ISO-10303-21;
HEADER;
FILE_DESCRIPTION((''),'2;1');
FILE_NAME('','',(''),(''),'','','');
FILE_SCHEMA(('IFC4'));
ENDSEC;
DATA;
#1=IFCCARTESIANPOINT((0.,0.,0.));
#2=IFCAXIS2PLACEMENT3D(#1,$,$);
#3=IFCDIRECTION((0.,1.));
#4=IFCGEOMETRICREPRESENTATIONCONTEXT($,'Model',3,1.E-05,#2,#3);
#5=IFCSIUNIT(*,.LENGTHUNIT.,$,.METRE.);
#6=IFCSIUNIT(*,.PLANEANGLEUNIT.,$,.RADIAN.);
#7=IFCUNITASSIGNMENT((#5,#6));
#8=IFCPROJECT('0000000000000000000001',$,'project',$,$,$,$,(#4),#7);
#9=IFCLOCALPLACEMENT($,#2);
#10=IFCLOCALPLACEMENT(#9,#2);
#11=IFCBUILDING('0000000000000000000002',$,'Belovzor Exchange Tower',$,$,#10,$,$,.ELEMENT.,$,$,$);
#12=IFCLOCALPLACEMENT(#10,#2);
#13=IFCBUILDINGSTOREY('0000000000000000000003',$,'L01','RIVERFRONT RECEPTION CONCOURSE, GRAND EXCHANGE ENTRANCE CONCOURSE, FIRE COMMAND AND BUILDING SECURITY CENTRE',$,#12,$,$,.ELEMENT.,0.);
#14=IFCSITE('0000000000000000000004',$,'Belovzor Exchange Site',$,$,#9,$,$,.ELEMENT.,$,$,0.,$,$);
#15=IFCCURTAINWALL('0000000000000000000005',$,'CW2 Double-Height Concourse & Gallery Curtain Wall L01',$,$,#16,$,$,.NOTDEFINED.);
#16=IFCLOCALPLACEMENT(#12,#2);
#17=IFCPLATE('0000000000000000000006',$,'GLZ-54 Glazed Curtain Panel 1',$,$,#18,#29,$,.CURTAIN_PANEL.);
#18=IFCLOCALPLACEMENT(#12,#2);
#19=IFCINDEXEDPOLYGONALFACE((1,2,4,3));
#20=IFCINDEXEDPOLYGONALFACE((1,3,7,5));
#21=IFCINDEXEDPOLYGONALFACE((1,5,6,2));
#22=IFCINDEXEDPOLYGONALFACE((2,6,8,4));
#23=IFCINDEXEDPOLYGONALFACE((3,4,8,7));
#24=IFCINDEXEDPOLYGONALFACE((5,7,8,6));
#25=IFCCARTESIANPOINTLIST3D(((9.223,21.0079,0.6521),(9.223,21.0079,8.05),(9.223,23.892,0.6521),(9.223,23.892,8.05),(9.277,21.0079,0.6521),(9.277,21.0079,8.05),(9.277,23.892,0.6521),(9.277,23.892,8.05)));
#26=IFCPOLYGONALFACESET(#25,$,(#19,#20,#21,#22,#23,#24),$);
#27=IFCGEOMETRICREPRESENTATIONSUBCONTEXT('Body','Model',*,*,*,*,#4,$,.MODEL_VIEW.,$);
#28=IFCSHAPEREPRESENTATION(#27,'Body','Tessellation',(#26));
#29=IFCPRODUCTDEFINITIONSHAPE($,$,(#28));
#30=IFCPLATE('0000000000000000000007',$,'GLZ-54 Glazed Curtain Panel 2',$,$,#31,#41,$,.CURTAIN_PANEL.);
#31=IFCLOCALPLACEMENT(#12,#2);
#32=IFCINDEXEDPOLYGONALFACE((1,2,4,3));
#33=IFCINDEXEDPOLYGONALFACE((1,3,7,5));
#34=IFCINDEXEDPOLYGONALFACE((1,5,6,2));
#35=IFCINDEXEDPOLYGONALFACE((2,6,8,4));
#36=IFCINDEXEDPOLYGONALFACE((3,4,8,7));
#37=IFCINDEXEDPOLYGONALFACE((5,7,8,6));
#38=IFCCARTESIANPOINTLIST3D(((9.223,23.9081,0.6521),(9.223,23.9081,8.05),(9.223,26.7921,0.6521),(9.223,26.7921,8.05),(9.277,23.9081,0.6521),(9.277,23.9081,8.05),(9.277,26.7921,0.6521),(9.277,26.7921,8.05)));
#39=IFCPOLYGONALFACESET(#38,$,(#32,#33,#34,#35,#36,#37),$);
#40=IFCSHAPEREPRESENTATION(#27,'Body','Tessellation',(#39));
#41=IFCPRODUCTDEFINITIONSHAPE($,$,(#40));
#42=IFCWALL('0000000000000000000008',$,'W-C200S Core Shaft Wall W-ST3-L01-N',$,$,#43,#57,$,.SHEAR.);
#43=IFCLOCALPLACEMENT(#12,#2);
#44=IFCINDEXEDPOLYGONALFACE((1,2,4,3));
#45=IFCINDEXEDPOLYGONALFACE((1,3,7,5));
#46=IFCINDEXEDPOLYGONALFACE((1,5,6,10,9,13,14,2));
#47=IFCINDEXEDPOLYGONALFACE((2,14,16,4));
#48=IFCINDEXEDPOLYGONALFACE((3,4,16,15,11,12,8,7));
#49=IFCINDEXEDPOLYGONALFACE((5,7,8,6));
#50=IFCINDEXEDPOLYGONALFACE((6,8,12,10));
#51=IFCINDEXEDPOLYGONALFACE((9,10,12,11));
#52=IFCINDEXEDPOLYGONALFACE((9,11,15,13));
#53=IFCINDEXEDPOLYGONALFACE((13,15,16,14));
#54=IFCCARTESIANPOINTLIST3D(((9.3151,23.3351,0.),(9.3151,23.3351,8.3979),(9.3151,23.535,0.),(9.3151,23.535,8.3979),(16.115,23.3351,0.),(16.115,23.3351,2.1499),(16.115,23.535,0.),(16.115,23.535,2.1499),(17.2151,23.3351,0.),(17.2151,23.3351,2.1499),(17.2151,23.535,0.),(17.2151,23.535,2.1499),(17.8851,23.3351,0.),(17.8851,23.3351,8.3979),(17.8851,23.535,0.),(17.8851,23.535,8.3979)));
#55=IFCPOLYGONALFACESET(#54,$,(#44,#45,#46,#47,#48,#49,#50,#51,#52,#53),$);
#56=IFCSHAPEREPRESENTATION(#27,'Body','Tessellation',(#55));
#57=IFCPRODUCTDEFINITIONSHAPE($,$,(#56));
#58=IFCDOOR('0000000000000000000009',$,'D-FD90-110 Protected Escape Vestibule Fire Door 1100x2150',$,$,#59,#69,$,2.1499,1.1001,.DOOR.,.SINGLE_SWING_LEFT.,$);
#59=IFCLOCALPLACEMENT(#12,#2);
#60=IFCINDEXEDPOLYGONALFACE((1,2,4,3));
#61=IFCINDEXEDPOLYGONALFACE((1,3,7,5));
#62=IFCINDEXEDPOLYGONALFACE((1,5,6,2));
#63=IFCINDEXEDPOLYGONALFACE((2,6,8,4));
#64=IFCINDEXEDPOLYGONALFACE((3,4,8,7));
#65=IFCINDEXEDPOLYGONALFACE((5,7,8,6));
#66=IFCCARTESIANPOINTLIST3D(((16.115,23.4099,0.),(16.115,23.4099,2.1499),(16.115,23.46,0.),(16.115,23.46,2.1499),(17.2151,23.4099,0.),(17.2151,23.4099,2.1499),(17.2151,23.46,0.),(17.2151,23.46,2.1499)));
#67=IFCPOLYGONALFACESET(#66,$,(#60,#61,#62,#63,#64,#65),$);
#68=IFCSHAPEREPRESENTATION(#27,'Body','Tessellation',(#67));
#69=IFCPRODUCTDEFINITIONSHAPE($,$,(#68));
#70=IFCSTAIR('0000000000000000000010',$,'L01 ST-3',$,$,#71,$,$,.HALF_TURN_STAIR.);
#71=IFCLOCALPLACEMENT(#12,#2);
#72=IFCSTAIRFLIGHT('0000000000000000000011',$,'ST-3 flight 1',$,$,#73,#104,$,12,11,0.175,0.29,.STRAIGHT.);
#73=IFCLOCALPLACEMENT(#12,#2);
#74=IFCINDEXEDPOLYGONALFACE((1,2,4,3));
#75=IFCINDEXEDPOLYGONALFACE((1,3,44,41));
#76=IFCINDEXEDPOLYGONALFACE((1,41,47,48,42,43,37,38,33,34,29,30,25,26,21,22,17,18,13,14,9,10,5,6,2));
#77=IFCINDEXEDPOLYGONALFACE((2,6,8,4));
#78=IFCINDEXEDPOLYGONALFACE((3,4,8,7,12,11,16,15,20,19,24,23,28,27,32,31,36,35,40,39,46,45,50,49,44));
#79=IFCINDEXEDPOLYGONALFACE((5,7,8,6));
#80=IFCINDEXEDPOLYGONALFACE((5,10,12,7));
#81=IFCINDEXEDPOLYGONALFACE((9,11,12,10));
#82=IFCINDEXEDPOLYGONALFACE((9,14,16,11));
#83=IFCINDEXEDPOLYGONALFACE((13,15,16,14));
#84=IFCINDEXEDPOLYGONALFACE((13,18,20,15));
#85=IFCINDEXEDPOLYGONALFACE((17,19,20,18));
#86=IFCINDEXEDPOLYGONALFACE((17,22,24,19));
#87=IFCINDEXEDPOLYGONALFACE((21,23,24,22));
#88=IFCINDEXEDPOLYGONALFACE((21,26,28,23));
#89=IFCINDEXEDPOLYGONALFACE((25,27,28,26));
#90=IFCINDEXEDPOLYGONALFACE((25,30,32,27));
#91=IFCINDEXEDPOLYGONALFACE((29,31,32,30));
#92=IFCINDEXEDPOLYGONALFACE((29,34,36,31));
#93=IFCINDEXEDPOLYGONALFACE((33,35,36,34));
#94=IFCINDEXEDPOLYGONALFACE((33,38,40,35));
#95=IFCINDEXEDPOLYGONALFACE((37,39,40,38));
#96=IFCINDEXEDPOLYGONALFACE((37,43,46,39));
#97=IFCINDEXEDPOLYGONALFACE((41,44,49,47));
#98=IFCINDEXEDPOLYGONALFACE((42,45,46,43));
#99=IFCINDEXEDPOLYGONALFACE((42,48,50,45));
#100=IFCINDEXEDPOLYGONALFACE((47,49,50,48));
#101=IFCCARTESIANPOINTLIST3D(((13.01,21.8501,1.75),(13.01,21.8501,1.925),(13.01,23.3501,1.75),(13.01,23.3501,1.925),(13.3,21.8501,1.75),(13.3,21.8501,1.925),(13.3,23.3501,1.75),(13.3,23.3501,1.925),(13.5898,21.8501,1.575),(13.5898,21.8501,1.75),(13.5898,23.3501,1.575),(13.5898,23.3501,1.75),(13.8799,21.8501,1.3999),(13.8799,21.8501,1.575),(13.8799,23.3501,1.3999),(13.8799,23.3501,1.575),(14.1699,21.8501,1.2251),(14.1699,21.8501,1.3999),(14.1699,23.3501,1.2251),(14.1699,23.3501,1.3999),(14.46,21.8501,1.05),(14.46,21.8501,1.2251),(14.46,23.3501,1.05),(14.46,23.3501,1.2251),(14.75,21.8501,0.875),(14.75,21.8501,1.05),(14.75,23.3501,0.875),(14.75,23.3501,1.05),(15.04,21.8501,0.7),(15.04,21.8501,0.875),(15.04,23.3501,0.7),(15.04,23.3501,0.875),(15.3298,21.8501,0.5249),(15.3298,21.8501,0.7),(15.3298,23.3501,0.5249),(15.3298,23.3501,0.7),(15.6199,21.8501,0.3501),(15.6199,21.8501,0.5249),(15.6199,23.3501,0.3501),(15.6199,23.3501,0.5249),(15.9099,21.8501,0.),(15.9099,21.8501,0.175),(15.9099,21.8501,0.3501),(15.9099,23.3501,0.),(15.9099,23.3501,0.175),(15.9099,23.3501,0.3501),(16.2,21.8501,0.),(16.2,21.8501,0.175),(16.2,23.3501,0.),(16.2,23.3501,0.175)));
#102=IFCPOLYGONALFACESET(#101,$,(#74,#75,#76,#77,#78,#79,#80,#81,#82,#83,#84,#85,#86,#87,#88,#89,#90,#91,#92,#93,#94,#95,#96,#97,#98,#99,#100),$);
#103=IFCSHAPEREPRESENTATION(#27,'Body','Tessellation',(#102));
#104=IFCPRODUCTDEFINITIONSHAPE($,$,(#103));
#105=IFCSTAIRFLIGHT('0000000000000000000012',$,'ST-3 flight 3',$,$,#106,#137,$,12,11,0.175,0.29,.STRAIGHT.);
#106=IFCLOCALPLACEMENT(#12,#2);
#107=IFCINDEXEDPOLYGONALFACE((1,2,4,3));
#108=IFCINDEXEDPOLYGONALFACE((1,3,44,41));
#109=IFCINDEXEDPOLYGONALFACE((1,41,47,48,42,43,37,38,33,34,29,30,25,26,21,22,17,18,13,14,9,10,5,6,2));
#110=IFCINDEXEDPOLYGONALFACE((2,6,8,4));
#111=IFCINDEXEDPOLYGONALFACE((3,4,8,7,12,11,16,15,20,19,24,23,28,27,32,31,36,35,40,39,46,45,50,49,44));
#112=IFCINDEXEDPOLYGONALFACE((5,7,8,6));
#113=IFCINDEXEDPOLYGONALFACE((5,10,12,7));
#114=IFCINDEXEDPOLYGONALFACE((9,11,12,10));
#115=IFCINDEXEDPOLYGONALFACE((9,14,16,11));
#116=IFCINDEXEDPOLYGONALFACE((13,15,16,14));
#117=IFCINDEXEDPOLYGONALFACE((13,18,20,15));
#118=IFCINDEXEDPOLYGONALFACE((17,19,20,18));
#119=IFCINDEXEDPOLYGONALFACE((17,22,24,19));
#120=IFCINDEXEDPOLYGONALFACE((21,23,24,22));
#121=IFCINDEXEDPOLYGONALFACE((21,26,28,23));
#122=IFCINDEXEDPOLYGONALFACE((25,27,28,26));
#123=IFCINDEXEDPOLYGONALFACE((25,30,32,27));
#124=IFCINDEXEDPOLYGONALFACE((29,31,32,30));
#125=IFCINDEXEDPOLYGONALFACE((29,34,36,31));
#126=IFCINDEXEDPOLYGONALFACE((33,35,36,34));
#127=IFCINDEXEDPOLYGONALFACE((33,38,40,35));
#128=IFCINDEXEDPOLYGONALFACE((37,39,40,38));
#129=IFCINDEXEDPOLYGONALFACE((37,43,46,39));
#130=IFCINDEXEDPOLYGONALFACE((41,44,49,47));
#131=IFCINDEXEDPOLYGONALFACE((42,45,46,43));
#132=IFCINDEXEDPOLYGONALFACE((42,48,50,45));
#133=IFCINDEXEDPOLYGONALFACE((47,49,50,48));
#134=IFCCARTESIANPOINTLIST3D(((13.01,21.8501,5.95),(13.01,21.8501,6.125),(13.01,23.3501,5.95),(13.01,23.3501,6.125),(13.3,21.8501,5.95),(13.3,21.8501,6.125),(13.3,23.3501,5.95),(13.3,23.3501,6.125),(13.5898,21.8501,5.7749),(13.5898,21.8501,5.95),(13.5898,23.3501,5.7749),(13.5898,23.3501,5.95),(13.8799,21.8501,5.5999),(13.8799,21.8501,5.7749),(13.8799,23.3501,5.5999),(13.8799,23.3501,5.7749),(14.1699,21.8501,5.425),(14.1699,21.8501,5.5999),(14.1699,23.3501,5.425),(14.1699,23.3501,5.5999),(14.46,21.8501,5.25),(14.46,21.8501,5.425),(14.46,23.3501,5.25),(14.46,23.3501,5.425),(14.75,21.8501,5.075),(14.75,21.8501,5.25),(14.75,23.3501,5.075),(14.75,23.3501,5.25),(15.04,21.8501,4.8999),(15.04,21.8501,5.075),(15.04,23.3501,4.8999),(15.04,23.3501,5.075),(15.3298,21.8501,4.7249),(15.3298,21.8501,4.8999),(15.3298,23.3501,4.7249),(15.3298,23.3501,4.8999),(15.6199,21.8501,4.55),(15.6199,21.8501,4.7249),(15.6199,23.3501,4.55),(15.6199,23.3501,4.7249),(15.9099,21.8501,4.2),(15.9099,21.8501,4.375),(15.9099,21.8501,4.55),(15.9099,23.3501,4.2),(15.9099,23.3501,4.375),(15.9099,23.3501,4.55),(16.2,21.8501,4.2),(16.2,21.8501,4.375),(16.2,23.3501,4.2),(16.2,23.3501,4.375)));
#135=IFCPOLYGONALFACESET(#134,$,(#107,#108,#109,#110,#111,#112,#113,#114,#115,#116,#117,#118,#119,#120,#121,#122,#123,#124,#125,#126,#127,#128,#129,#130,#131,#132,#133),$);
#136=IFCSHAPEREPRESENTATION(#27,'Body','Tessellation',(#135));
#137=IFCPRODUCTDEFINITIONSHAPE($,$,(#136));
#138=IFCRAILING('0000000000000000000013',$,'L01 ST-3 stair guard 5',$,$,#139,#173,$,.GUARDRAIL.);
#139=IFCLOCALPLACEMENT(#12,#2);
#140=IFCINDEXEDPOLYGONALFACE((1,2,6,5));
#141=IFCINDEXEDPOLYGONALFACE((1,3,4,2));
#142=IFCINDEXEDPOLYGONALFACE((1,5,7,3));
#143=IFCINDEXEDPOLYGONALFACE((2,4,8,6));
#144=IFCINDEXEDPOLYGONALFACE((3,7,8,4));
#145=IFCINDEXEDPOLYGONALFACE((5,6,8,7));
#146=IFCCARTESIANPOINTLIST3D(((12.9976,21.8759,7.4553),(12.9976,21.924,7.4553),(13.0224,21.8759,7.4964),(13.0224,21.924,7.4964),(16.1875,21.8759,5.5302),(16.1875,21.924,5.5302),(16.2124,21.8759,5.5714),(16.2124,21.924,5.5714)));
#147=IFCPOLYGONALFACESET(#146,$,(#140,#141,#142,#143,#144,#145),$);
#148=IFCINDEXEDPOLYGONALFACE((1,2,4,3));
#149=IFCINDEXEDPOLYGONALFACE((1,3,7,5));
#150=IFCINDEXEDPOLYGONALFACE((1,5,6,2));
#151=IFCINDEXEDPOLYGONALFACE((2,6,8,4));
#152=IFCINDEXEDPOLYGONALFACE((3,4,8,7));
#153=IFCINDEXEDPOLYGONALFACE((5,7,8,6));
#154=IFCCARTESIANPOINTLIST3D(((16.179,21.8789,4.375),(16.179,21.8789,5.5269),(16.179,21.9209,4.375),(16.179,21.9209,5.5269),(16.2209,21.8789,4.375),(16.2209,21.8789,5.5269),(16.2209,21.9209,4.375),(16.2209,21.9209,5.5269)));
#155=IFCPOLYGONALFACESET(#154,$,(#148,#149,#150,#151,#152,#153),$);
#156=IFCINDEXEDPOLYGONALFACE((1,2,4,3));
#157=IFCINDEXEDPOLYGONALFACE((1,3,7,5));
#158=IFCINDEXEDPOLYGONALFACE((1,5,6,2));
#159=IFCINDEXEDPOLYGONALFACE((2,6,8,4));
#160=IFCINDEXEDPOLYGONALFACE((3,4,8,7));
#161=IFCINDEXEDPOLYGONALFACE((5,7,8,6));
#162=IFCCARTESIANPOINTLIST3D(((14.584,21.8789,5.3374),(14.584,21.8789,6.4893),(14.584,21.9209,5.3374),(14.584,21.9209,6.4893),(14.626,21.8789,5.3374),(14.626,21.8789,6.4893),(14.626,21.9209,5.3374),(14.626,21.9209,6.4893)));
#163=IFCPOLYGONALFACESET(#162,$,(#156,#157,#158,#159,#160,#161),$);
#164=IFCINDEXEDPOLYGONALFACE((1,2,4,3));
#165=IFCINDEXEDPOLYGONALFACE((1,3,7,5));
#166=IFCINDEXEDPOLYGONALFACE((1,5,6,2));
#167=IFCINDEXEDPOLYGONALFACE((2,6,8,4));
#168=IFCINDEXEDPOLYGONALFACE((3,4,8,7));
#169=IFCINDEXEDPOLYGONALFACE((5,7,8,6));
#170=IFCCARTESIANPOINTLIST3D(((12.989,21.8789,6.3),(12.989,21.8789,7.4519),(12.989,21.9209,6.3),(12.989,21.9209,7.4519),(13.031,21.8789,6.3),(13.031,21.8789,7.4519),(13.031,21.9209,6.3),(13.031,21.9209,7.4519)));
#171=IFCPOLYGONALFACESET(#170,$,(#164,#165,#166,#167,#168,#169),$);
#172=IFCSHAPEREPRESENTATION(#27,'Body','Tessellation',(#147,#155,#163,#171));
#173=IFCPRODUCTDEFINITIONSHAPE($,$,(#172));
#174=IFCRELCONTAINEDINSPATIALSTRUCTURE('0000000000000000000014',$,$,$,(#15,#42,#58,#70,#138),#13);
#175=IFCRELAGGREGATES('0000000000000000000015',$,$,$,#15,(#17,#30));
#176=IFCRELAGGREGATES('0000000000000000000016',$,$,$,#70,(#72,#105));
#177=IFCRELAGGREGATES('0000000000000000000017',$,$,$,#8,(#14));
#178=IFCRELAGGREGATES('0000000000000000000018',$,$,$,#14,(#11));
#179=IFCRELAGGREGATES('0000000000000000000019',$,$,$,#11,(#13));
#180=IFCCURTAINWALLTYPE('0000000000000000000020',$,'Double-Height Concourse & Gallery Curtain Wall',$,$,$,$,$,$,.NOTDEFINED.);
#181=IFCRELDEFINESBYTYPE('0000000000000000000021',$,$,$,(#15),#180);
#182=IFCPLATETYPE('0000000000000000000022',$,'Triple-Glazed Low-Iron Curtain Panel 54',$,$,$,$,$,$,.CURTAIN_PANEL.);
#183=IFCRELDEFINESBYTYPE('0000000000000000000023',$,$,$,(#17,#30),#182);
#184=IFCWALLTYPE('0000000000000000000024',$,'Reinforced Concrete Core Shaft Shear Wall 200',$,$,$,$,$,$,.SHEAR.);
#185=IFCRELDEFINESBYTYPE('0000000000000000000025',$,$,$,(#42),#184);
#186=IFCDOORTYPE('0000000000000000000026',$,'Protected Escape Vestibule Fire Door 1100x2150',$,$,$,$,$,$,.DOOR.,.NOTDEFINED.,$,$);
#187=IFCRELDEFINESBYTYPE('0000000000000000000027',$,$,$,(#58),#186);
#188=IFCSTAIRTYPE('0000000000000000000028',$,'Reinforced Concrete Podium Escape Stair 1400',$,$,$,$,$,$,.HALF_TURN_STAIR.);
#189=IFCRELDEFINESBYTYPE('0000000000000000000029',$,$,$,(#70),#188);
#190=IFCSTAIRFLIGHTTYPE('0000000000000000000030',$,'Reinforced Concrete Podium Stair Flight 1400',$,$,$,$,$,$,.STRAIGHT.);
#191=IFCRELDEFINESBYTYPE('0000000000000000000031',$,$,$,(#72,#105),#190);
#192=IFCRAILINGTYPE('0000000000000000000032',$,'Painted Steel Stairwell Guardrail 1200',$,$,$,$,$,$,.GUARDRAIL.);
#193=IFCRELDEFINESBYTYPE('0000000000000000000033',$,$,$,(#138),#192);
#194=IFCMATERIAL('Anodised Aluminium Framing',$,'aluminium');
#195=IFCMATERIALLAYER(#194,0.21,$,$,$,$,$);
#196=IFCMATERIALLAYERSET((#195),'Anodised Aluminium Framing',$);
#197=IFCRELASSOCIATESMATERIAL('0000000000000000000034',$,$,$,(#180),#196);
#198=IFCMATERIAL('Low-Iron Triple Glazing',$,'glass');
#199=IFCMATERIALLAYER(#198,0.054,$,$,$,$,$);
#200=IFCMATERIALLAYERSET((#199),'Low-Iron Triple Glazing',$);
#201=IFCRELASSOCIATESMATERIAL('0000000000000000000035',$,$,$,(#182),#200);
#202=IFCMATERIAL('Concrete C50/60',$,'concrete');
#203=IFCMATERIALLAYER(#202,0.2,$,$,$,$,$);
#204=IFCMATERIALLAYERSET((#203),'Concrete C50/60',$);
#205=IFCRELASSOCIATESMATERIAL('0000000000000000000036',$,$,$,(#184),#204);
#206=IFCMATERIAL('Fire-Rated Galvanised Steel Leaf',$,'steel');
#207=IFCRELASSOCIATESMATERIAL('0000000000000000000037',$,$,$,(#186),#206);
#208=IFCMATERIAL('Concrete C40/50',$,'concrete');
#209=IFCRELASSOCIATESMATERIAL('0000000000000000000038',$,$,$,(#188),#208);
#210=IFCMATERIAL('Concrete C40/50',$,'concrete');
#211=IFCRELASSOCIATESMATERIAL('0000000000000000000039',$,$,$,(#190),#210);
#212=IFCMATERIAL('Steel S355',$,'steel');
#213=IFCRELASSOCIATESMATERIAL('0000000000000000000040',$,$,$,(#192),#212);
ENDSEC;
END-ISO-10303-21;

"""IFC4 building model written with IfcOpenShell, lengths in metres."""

from ifc_helpers import new_model, si_unit, direction, frame, frame_2d, origin, origin_2d, place, context, subcontext, project, spatial, polyline, rectangle, outline, extrude, material, layer, layer_set, type_object, element, fill, aggregate, save


model = new_model("IFC4")

# Units and contexts
model_context = context("Model", 3, precision=1e-05, world=origin(), true_north=direction((0.0, 1.0)))
body_context = subcontext(model_context, "Body", "Model", "MODEL_VIEW")
ifc_project = project(units=[si_unit("LENGTHUNIT", "METRE"), si_unit("PLANEANGLEUNIT", "RADIAN")], contexts=[model_context])

# Site, building, storey
site_placement = place(None, origin())
site = spatial("IfcSite", under=ifc_project, at=site_placement, Name="Belovzor Exchange Site", CompositionType="ELEMENT", RefElevation=0.0)
building_placement = place(site_placement, origin())
building = spatial("IfcBuilding", under=site, at=building_placement, Name="Belovzor Exchange Tower", CompositionType="ELEMENT")
storey_placement = place(building_placement, origin())
storey = spatial("IfcBuildingStorey", under=building, at=storey_placement, Name="L01", Description="RIVERFRONT RECEPTION CONCOURSE, GRAND EXCHANGE ENTRANCE CONCOURSE, FIRE COMMAND AND BUILDING SECURITY CENTRE", CompositionType="ELEMENT", Elevation=0.0)

# Curtain wall, plates
ifc_material_1 = material(Name="Anodised Aluminium Framing", Category="aluminium")
ifc_layer_1 = layer(ifc_material_1, 0.21)
ifc_layer_set_1 = layer_set([ifc_layer_1], Name="Anodised Aluminium Framing")
curtain_wall_type = type_object("IfcCurtainWallType", Name="Double-Height Concourse & Gallery Curtain Wall", PredefinedType="NOTDEFINED", material=ifc_layer_set_1)
curtain_wall_placement = place(storey_placement, origin())
curtain_wall = element("IfcCurtainWall", 1, at=curtain_wall_placement, inside=storey, type_object=curtain_wall_type, Name="CW2 Double-Height Concourse & Gallery Curtain Wall L01", PredefinedType="NOTDEFINED")
ifc_material_2 = material(Name="Low-Iron Triple Glazing", Category="glass")
ifc_layer_2 = layer(ifc_material_2, 0.054)
ifc_layer_set_2 = layer_set([ifc_layer_2], Name="Low-Iron Triple Glazing")
plate_type_1 = type_object("IfcPlateType", Name="Triple-Glazed Low-Iron Curtain Panel 54", PredefinedType="CURTAIN_PANEL", material=ifc_layer_set_2)
plate_1_placement = place(storey_placement, frame((9.25, 22.45, 0.6521), z_axis=(0.0, 0.0, 1.0), x_axis=(0.0, 1.0, 0.0)))
plate_1 = element("IfcPlate", 2, at=plate_1_placement, type_object=plate_type_1, Name="GLZ-54 Glazed Curtain Panel 1", PredefinedType="CURTAIN_PANEL", context=body_context, shape_type="SweptSolid", body=[
    extrude(rectangle(XDim=2.884, YDim=0.054, at=origin_2d()), origin(), (0.0, 0.0, 1.0), 7.3979),
])
plate_2_placement = place(storey_placement, frame((9.25, 25.3501, 0.6521), z_axis=(0.0, 0.0, 1.0), x_axis=(0.0, 1.0, 0.0)))
plate_2 = element("IfcPlate", 3, at=plate_2_placement, type_object=plate_type_1, Name="GLZ-54 Glazed Curtain Panel 2", PredefinedType="CURTAIN_PANEL", context=body_context, shape_type="SweptSolid", body=[
    extrude(rectangle(XDim=2.884, YDim=0.054, at=origin_2d()), origin(), (0.0, 0.0, 1.0), 7.3979),
])
aggregate(curtain_wall, [plate_1, plate_2])

# Wall, opening, door
ifc_material_3 = material(Name="Concrete C50/60", Category="concrete")
ifc_layer_3 = layer(ifc_material_3, 0.2)
ifc_layer_set_3 = layer_set([ifc_layer_3], Name="Concrete C50/60")
wall_type = type_object("IfcWallType", Name="Reinforced Concrete Core Shaft Shear Wall 200", PredefinedType="SHEAR", material=ifc_layer_set_3)
wall_placement = place(storey_placement, frame((9.3149, 23.4351, 0.0), z_axis=(0.0, 0.0, 1.0), x_axis=(1.0, 0.0, 0.0)))
wall = element("IfcWall", 4, at=wall_placement, inside=storey, type_object=wall_type, Name="W-C200S Core Shaft Wall W-ST3-L01-N", PredefinedType="SHEAR", context=body_context, shape_type="SweptSolid", body=[
    extrude(rectangle(XDim=8.5701, YDim=0.2, at=frame_2d((4.2852, 0.0))), origin(), (0.0, 0.0, 1.0), 8.3979),
])
opening_placement = place(wall_placement, frame((6.8, 0.0, 0.0)))
opening = element("IfcOpeningElement", 5, at=opening_placement, cuts=wall, PredefinedType="OPENING", context=body_context, shape_type="SweptSolid", body=[
    extrude(rectangle(XDim=1.1001, YDim=2.1499, at=frame_2d((0.55, 1.075))), frame((0.0, 0.1099, 0.0), z_axis=(0.0, -1.0, 0.0), x_axis=(1.0, 0.0, 0.0)), (0.0, 0.0, 1.0), 0.22),
])
ifc_material_4 = material(Name="Fire-Rated Galvanised Steel Leaf", Category="steel")
door_type = type_object("IfcDoorType", Name="Protected Escape Vestibule Fire Door 1100x2150", OperationType="NOTDEFINED", PredefinedType="DOOR", material=ifc_material_4)
door_placement = place(opening_placement, origin())
door = element("IfcDoor", 6, at=door_placement, inside=storey, type_object=door_type, Name="D-FD90-110 Protected Escape Vestibule Fire Door 1100x2150", OperationType="SINGLE_SWING_LEFT", OverallHeight=2.1499, OverallWidth=1.1001, PredefinedType="DOOR", context=body_context, shape_type="SweptSolid", body=[
    extrude(rectangle(XDim=1.1001, YDim=2.1499, at=frame_2d((0.55, 1.075))), frame((0.0, 0.0249, 0.0), z_axis=(0.0, -1.0, 0.0), x_axis=(1.0, 0.0, 0.0)), (0.0, 0.0, 1.0), 0.05),
])
fill(opening, door)

# Stair, stair flights
ifc_material_5 = material(Name="Concrete C40/50", Category="concrete")
stair_type = type_object("IfcStairType", Name="Reinforced Concrete Podium Escape Stair 1400", PredefinedType="HALF_TURN_STAIR", material=ifc_material_5)
stair_placement = place(storey_placement, origin())
stair = element("IfcStair", 7, at=stair_placement, inside=storey, type_object=stair_type, Name="L01 ST-3", PredefinedType="HALF_TURN_STAIR")
ifc_material_6 = material(Name="Concrete C40/50", Category="concrete")
stair_flight_type = type_object("IfcStairFlightType", Name="Reinforced Concrete Podium Stair Flight 1400", PredefinedType="STRAIGHT", material=ifc_material_6)
stair_flight_1_placement = place(storey_placement, frame((16.2, 22.6001, 0.0), z_axis=(0.0, 0.0, 1.0), x_axis=(-1.0, 0.0, 0.0)))
stair_flight_1 = element("IfcStairFlight", 8, at=stair_flight_1_placement, type_object=stair_flight_type, Name="ST-3 flight 1", NumberOfRisers=12, NumberOfTreads=11, PredefinedType="STRAIGHT", RiserHeight=0.175, TreadLength=0.29, context=body_context, shape_type="SweptSolid", body=[
    extrude(outline(polyline([(0.0, 0.0), (0.0, 0.175), (0.29, 0.175), (0.29, 0.3501), (0.5801, 0.3501), (0.5801, 0.5249), (0.8701, 0.5249), (0.8701, 0.7), (1.1599, 0.7), (1.1599, 0.875), (1.45, 0.875), (1.45, 1.05), (1.74, 1.05), (1.74, 1.2251), (2.03, 1.2251), (2.03, 1.3999), (2.3201, 1.3999), (2.3201, 1.575), (2.6101, 1.575), (2.6101, 1.75), (2.8999, 1.75), (2.8999, 1.925), (3.1899, 1.925), (3.1899, 2.1001), (3.1899, 1.75), (0.29, 0.0), (0.0, 0.0)])), frame((0.0, 0.75, 0.0), z_axis=(0.0, -1.0, 0.0), x_axis=(1.0, 0.0, 0.0)), (0.0, 0.0, 1.0), 1.5),
])
stair_flight_2_placement = place(storey_placement, frame((16.2, 22.6001, 4.2), z_axis=(0.0, 0.0, 1.0), x_axis=(-1.0, 0.0, 0.0)))
stair_flight_2 = element("IfcStairFlight", 9, at=stair_flight_2_placement, type_object=stair_flight_type, Name="ST-3 flight 3", NumberOfRisers=12, NumberOfTreads=11, PredefinedType="STRAIGHT", RiserHeight=0.175, TreadLength=0.29, context=body_context, shape_type="SweptSolid", body=[
    extrude(outline(polyline([(0.0, 0.0), (0.0, 0.175), (0.29, 0.175), (0.29, 0.3501), (0.5801, 0.3501), (0.5801, 0.5249), (0.8701, 0.5249), (0.8701, 0.7), (1.1599, 0.7), (1.1599, 0.875), (1.45, 0.875), (1.45, 1.05), (1.74, 1.05), (1.74, 1.2251), (2.03, 1.2251), (2.03, 1.3999), (2.3201, 1.3999), (2.3201, 1.575), (2.6101, 1.575), (2.6101, 1.75), (2.8999, 1.75), (2.8999, 1.925), (3.1899, 1.925), (3.1899, 2.1001), (3.1899, 1.75), (0.29, 0.0), (0.0, 0.0)])), frame((0.0, 0.75, 0.0), z_axis=(0.0, -1.0, 0.0), x_axis=(1.0, 0.0, 0.0)), (0.0, 0.0, 1.0), 1.5),
])
aggregate(stair, [stair_flight_1, stair_flight_2])

# Railing
ifc_material_7 = material(Name="Steel S355", Category="steel")
railing_type = type_object("IfcRailingType", Name="Painted Steel Stairwell Guardrail 1200", PredefinedType="GUARDRAIL", material=ifc_material_7)
railing_placement = place(storey_placement, frame((16.2, 21.8999, 4.375)))
element("IfcRailing", 10, at=railing_placement, inside=storey, type_object=railing_type, Name="L01 ST-3 stair guard 5", PredefinedType="GUARDRAIL", context=body_context, shape_type="SweptSolid", body=[
    extrude(rectangle(XDim=0.0481, YDim=0.0481, at=origin_2d()), frame((0.0, 0.0, 1.1758), z_axis=(-0.856178, 0.0, 0.516682), x_axis=(0.0, -1.0, 0.0)), (0.0, 0.0, 1.0), 3.7258),
    extrude(rectangle(XDim=0.042, YDim=0.042, at=origin_2d()), origin(), (0.0, 0.0, 1.0), 1.1519),
    extrude(rectangle(XDim=0.042, YDim=0.042, at=origin_2d()), frame((-1.595, 0.0, 0.9624)), (0.0, 0.0, 1.0), 1.1519),
    extrude(rectangle(XDim=0.042, YDim=0.042, at=origin_2d()), frame((-3.1899, 0.0, 1.925)), (0.0, 0.0, 1.0), 1.1519),
])

save(model, "model.ifc")
